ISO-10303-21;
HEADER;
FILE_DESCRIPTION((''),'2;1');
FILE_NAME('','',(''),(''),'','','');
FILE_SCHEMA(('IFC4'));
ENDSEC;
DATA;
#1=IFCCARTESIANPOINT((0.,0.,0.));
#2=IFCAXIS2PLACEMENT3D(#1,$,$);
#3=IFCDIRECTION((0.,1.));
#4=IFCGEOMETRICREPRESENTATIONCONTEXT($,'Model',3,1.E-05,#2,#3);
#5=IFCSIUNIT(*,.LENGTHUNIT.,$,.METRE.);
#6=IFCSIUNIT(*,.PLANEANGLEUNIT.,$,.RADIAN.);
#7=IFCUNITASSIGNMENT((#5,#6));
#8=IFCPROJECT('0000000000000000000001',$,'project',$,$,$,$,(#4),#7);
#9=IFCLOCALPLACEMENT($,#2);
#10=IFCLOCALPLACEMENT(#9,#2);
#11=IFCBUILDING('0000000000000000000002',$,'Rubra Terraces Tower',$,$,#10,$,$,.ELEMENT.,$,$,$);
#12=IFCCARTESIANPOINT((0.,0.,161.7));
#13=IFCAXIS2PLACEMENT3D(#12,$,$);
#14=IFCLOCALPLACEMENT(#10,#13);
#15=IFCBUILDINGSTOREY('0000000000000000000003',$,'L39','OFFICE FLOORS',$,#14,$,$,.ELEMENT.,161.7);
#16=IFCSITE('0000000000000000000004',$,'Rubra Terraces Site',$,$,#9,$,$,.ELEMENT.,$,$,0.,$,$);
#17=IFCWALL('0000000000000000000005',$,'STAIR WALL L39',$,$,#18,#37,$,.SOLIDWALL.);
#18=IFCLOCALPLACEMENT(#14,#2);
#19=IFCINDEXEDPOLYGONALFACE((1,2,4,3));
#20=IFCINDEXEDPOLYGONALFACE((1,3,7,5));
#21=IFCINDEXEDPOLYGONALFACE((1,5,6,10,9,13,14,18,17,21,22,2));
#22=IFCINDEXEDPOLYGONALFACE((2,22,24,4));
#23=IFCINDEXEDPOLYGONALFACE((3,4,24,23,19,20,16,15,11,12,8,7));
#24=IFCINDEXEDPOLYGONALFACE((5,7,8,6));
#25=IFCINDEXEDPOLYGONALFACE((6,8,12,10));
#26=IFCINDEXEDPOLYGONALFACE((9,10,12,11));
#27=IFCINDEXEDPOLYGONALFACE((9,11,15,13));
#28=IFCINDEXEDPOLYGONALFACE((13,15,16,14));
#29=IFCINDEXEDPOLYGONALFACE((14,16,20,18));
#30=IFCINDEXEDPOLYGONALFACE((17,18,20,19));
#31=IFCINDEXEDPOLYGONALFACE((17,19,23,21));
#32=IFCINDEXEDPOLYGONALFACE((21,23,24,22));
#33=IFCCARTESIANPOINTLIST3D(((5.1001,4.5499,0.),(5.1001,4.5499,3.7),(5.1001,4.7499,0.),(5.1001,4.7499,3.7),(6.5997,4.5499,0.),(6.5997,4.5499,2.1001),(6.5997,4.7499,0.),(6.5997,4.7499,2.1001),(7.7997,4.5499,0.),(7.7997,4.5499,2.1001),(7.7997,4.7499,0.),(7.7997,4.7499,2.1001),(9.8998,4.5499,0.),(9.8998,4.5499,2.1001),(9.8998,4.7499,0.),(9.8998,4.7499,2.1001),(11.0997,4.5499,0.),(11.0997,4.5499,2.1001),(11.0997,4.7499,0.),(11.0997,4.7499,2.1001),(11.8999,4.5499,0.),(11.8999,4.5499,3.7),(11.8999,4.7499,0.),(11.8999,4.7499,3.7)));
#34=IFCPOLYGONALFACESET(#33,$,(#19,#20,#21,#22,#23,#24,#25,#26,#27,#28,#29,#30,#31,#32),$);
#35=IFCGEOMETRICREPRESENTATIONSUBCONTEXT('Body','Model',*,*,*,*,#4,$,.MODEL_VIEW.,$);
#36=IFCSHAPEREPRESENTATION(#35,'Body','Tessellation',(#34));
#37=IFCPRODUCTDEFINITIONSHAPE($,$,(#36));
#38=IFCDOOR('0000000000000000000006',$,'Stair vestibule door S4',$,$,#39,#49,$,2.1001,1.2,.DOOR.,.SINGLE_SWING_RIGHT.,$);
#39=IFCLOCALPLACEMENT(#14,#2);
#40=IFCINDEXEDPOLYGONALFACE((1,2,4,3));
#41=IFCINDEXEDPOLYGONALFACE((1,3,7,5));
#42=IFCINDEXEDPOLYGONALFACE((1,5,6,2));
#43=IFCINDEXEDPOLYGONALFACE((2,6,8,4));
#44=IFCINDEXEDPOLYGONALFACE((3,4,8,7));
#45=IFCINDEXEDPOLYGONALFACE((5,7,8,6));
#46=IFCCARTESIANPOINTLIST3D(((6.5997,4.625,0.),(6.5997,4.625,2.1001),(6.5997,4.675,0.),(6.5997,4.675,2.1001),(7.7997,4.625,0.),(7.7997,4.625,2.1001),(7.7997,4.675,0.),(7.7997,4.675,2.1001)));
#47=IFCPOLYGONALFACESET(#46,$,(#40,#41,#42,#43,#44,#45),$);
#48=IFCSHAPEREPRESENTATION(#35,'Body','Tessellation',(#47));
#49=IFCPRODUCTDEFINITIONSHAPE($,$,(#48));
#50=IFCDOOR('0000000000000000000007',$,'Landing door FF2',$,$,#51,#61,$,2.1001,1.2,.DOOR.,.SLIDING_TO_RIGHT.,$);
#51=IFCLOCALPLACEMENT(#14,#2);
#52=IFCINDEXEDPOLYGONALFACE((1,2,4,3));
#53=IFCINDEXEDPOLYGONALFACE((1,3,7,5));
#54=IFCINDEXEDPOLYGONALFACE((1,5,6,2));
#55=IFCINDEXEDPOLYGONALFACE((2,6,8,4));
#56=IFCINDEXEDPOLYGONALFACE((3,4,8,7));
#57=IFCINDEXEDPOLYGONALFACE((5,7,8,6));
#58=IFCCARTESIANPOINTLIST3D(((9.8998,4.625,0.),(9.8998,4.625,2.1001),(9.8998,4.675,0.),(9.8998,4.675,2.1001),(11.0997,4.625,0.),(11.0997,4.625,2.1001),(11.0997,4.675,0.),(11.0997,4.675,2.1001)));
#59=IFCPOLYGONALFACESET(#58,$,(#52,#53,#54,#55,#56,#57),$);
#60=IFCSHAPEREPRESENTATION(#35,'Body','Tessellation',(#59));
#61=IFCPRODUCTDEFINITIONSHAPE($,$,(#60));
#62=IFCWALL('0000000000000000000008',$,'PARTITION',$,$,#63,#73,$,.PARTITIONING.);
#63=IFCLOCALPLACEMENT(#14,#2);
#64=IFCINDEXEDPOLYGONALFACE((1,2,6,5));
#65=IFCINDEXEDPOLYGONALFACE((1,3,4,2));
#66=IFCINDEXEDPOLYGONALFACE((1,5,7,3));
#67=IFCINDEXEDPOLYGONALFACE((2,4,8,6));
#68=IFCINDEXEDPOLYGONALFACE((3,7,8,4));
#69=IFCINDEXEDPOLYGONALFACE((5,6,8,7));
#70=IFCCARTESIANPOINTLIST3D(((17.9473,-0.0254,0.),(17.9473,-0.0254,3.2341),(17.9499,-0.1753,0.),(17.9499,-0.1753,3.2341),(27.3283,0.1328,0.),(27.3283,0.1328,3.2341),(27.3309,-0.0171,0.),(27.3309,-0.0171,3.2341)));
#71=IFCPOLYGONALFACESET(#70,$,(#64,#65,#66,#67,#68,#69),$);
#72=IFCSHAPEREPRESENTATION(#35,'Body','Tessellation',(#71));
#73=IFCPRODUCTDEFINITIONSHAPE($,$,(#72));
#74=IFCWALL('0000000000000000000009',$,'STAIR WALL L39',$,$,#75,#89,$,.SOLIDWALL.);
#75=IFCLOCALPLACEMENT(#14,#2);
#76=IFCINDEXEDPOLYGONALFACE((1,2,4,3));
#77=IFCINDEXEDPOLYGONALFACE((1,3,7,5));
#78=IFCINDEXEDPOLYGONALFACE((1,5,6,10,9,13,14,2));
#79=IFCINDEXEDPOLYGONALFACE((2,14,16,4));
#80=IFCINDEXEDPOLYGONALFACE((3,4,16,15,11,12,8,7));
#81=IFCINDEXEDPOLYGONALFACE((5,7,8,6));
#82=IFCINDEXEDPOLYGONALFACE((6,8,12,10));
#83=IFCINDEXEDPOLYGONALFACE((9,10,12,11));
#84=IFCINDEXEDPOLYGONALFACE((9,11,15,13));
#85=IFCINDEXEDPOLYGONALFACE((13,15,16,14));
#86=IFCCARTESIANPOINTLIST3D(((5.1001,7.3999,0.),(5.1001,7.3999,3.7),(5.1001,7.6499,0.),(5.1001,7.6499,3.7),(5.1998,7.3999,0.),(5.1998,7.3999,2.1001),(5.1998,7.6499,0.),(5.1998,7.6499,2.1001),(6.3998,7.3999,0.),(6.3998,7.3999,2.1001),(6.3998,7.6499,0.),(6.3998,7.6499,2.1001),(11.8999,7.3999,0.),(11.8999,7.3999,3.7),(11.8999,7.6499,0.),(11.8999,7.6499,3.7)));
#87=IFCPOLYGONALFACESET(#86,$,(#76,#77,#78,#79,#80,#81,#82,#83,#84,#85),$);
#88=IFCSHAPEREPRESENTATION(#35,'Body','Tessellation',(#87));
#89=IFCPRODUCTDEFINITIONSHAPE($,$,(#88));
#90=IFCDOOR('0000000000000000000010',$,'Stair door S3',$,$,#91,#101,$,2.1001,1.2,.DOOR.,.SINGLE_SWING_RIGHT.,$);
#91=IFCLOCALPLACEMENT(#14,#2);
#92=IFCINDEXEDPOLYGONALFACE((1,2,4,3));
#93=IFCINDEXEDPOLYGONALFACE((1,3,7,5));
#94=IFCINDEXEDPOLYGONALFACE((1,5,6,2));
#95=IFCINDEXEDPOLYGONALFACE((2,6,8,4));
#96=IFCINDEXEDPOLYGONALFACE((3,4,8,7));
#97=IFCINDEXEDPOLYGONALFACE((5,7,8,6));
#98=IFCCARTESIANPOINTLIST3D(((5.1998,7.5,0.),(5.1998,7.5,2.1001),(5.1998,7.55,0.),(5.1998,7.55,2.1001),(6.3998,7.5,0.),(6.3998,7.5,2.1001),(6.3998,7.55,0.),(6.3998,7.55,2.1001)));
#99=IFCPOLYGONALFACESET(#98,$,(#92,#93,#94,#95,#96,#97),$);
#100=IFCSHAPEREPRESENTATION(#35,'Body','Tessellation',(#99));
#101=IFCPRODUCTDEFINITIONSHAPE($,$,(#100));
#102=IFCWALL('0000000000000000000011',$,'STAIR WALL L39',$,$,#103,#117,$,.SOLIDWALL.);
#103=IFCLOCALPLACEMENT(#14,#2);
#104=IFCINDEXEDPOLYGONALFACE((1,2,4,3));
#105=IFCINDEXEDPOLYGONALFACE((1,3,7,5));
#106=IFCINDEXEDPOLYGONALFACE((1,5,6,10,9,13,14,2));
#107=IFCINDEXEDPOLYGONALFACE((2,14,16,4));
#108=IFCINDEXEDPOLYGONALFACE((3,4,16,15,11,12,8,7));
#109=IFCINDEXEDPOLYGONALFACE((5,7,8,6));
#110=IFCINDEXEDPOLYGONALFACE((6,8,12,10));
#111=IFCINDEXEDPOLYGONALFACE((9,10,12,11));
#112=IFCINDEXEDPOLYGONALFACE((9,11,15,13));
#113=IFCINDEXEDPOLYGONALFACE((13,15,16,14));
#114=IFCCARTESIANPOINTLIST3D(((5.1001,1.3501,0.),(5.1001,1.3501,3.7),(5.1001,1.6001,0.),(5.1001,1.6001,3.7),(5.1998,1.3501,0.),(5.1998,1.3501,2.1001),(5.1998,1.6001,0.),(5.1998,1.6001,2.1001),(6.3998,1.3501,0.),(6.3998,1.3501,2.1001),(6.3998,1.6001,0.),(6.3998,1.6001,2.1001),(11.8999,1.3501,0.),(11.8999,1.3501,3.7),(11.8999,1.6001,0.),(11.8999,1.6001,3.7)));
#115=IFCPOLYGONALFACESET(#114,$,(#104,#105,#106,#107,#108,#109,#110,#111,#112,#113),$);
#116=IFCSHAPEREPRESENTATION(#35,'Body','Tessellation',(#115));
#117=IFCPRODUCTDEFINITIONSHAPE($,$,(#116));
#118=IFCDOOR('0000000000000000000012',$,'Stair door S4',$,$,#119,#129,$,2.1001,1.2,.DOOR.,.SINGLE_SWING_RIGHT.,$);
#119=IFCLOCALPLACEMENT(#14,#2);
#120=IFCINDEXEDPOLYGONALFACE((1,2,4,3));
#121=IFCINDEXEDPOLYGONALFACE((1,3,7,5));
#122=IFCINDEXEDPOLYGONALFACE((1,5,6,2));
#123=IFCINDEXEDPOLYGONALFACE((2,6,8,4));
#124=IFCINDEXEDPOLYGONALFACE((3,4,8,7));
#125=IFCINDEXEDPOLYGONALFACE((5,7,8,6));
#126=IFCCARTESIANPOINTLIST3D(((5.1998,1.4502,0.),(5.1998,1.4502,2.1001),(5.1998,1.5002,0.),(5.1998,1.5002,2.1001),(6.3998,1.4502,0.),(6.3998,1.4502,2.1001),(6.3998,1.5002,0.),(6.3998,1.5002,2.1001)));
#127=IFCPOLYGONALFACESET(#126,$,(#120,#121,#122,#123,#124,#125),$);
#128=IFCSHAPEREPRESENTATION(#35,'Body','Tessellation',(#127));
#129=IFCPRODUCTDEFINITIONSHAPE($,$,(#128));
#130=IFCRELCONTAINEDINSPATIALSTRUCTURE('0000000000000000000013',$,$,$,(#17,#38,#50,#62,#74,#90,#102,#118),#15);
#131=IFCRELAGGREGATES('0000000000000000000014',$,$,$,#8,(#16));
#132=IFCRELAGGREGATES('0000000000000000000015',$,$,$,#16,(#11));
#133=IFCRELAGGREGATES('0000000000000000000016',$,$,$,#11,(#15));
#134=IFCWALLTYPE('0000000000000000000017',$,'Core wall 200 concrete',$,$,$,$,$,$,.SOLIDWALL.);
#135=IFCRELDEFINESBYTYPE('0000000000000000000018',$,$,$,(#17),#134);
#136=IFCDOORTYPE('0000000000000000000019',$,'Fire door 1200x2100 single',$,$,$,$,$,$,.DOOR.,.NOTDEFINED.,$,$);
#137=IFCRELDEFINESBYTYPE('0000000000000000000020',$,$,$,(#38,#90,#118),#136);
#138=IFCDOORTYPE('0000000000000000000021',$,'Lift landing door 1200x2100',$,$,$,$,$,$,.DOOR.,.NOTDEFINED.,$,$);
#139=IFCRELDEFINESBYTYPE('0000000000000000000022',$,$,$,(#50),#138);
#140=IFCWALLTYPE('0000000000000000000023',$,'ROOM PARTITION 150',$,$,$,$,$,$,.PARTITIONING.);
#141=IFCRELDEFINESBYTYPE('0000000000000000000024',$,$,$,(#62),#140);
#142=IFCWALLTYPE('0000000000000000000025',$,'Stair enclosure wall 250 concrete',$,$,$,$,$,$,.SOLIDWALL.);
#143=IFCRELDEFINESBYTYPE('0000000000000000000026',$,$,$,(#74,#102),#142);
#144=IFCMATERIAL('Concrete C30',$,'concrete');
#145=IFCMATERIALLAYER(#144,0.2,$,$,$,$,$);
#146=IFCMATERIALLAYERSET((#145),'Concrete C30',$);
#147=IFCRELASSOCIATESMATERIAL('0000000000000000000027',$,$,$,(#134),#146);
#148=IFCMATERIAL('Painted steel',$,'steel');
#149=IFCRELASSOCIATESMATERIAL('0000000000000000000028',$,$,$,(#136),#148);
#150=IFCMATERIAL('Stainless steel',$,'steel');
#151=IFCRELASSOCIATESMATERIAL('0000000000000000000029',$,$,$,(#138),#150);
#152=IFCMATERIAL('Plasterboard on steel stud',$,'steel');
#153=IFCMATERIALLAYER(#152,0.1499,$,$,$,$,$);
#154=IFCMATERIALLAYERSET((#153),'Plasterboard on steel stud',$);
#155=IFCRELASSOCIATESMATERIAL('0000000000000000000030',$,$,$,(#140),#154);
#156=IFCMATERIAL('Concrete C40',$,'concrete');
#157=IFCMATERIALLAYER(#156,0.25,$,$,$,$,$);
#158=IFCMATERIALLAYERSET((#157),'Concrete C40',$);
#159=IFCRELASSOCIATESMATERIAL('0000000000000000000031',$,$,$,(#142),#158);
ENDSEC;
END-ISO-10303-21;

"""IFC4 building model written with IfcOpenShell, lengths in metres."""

from ifc_helpers import new_model, si_unit, direction, frame, frame_2d, origin, place, context, subcontext, project, spatial, rectangle, extrude, material, layer, layer_set, type_object, element, fill, save


model = new_model("IFC4")

# Units and contexts
model_context = context("Model", 3, precision=1e-05, world=origin(), true_north=direction((0.0, 1.0)))
body_context = subcontext(model_context, "Body", "Model", "MODEL_VIEW")
ifc_project = project(units=[si_unit("LENGTHUNIT", "METRE"), si_unit("PLANEANGLEUNIT", "RADIAN")], contexts=[model_context])

# Site, building, storey
site_placement = place(None, origin())
site = spatial("IfcSite", under=ifc_project, at=site_placement, Name="Rubra Terraces Site", CompositionType="ELEMENT", RefElevation=0.0)
building_placement = place(site_placement, origin())
building = spatial("IfcBuilding", under=site, at=building_placement, Name="Rubra Terraces Tower", CompositionType="ELEMENT")
storey_placement = place(building_placement, frame((0.0, 0.0, 161.7)))
storey = spatial("IfcBuildingStorey", under=building, at=storey_placement, Name="L39", Description="OFFICE FLOORS", CompositionType="ELEMENT", Elevation=161.7)

# Shared definitions
ifc_material_1 = material(Name="Concrete C40", Category="concrete")

# Wall, openings, doors
ifc_material_2 = material(Name="Concrete C30", Category="concrete")
ifc_layer_1 = layer(ifc_material_2, 0.2)
ifc_layer_set_1 = layer_set([ifc_layer_1], Name="Concrete C30")
wall_type_1 = type_object("IfcWallType", Name="Core wall 200 concrete", PredefinedType="SOLIDWALL", material=ifc_layer_set_1)
wall_1_placement = place(storey_placement, frame((11.8999, 4.6499, 0.0), z_axis=(0.0, 0.0, 1.0), x_axis=(-1.0, 0.0, 0.0)))
wall_1 = element("IfcWall", 1, at=wall_1_placement, inside=storey, type_object=wall_type_1, Name="STAIR WALL L39", PredefinedType="SOLIDWALL", context=body_context, shape_type="SweptSolid", body=[
    extrude(rectangle(XDim=6.7998, YDim=0.2, at=frame_2d((3.3999, 0.0))), origin(), (0.0, 0.0, 1.0), 3.7),
])
opening_1_placement = place(wall_1_placement, frame((4.1001, 0.0, 0.0)))
opening_1 = element("IfcOpeningElement", 2, at=opening_1_placement, cuts=wall_1, PredefinedType="OPENING", context=body_context, shape_type="SweptSolid", body=[
    extrude(rectangle(XDim=1.2, YDim=2.1001, at=frame_2d((0.6001, 1.05))), frame((0.0, 0.1099, 0.0), z_axis=(0.0, -1.0, 0.0), x_axis=(1.0, 0.0, 0.0)), (0.0, 0.0, 1.0), 0.22),
])
opening_2_placement = place(wall_1_placement, frame((0.8, 0.0, 0.0)))
opening_2 = element("IfcOpeningElement", 3, at=opening_2_placement, cuts=wall_1, PredefinedType="OPENING", context=body_context, shape_type="SweptSolid", body=[
    extrude(rectangle(XDim=1.2, YDim=2.1001, at=frame_2d((0.6001, 1.05))), frame((0.0, 0.1099, 0.0), z_axis=(0.0, -1.0, 0.0), x_axis=(1.0, 0.0, 0.0)), (0.0, 0.0, 1.0), 0.22),
])
ifc_material_3 = material(Name="Painted steel", Category="steel")
door_type_1 = type_object("IfcDoorType", Name="Fire door 1200x2100 single", OperationType="NOTDEFINED", PredefinedType="DOOR", material=ifc_material_3)
door_1_placement = place(opening_1_placement, origin())
door_1 = element("IfcDoor", 4, at=door_1_placement, inside=storey, type_object=door_type_1, Name="Stair vestibule door S4", OperationType="SINGLE_SWING_RIGHT", OverallHeight=2.1001, OverallWidth=1.2, PredefinedType="DOOR", context=body_context, shape_type="SweptSolid", body=[
    extrude(rectangle(XDim=1.2, YDim=2.1001, at=frame_2d((0.6001, 1.05))), frame((0.0, 0.0249, 0.0), z_axis=(0.0, -1.0, 0.0), x_axis=(1.0, 0.0, 0.0)), (0.0, 0.0, 1.0), 0.05),
])
fill(opening_1, door_1)
ifc_material_4 = material(Name="Stainless steel", Category="steel")
door_type_2 = type_object("IfcDoorType", Name="Lift landing door 1200x2100", OperationType="NOTDEFINED", PredefinedType="DOOR", material=ifc_material_4)
door_2_placement = place(opening_2_placement, origin())
door_2 = element("IfcDoor", 5, at=door_2_placement, inside=storey, type_object=door_type_2, Name="Landing door FF2", OperationType="SLIDING_TO_RIGHT", OverallHeight=2.1001, OverallWidth=1.2, PredefinedType="DOOR", context=body_context, shape_type="SweptSolid", body=[
    extrude(rectangle(XDim=1.2, YDim=2.1001, at=frame_2d((0.6001, 1.05))), frame((0.0, 0.0249, 0.0), z_axis=(0.0, -1.0, 0.0), x_axis=(1.0, 0.0, 0.0)), (0.0, 0.0, 1.0), 0.05),
])
fill(opening_2, door_2)

# Wall
ifc_material_5 = material(Name="Plasterboard on steel stud", Category="steel")
ifc_layer_2 = layer(ifc_material_5, 0.1499)
ifc_layer_set_2 = layer_set([ifc_layer_2], Name="Plasterboard on steel stud")
wall_type_2 = type_object("IfcWallType", Name="ROOM PARTITION 150", PredefinedType="PARTITIONING", material=ifc_layer_set_2)
wall_2_placement = place(storey_placement, frame((27.3296, 0.0579, 0.0), z_axis=(0.0, 0.0, 1.0), x_axis=(-0.999858, -0.016862, 0.0)))
element("IfcWall", 6, at=wall_2_placement, inside=storey, type_object=wall_type_2, Name="PARTITION", PredefinedType="PARTITIONING", context=body_context, shape_type="SweptSolid", body=[
    extrude(rectangle(XDim=9.3823, YDim=0.1499, at=frame_2d((4.6912, 0.0))), origin(), (0.0, 0.0, 1.0), 3.2341),
])

# Walls, openings, doors
ifc_layer_3 = layer(ifc_material_1, 0.25)
ifc_layer_set_3 = layer_set([ifc_layer_3], Name="Concrete C40")
wall_type_3 = type_object("IfcWallType", Name="Stair enclosure wall 250 concrete", PredefinedType="SOLIDWALL", material=ifc_layer_set_3)
wall_3_placement = place(storey_placement, frame((11.8999, 7.5249, 0.0), z_axis=(0.0, 0.0, 1.0), x_axis=(-1.0, 0.0, 0.0)))
wall_3 = element("IfcWall", 7, at=wall_3_placement, inside=storey, type_object=wall_type_3, Name="STAIR WALL L39", PredefinedType="SOLIDWALL", context=body_context, shape_type="SweptSolid", body=[
    extrude(rectangle(XDim=6.7998, YDim=0.25, at=frame_2d((3.3999, 0.0))), origin(), (0.0, 0.0, 1.0), 3.7),
])
opening_3_placement = place(wall_3_placement, frame((5.5, 0.0, 0.0)))
opening_3 = element("IfcOpeningElement", 8, at=opening_3_placement, cuts=wall_3, PredefinedType="OPENING", context=body_context, shape_type="SweptSolid", body=[
    extrude(rectangle(XDim=1.2, YDim=2.1001, at=frame_2d((0.6001, 1.05))), frame((0.0, 0.135, 0.0), z_axis=(0.0, -1.0, 0.0), x_axis=(1.0, 0.0, 0.0)), (0.0, 0.0, 1.0), 0.27),
])
door_3_placement = place(opening_3_placement, origin())
door_3 = element("IfcDoor", 9, at=door_3_placement, inside=storey, type_object=door_type_1, Name="Stair door S3", OperationType="SINGLE_SWING_RIGHT", OverallHeight=2.1001, OverallWidth=1.2, PredefinedType="DOOR", context=body_context, shape_type="SweptSolid", body=[
    extrude(rectangle(XDim=1.2, YDim=2.1001, at=frame_2d((0.6001, 1.05))), frame((0.0, 0.0249, 0.0), z_axis=(0.0, -1.0, 0.0), x_axis=(1.0, 0.0, 0.0)), (0.0, 0.0, 1.0), 0.05),
])
fill(opening_3, door_3)
wall_4_placement = place(storey_placement, frame((11.8999, 1.4751, 0.0), z_axis=(0.0, 0.0, 1.0), x_axis=(-1.0, 0.0, 0.0)))
wall_4 = element("IfcWall", 10, at=wall_4_placement, inside=storey, type_object=wall_type_3, Name="STAIR WALL L39", PredefinedType="SOLIDWALL", context=body_context, shape_type="SweptSolid", body=[
    extrude(rectangle(XDim=6.7998, YDim=0.25, at=frame_2d((3.3999, 0.0))), origin(), (0.0, 0.0, 1.0), 3.7),
])
opening_4_placement = place(wall_4_placement, frame((5.5, 0.0, 0.0)))
opening_4 = element("IfcOpeningElement", 11, at=opening_4_placement, cuts=wall_4, PredefinedType="OPENING", context=body_context, shape_type="SweptSolid", body=[
    extrude(rectangle(XDim=1.2, YDim=2.1001, at=frame_2d((0.6001, 1.05))), frame((0.0, 0.135, 0.0), z_axis=(0.0, -1.0, 0.0), x_axis=(1.0, 0.0, 0.0)), (0.0, 0.0, 1.0), 0.27),
])
door_4_placement = place(opening_4_placement, origin())
door_4 = element("IfcDoor", 12, at=door_4_placement, inside=storey, type_object=door_type_1, Name="Stair door S4", OperationType="SINGLE_SWING_RIGHT", OverallHeight=2.1001, OverallWidth=1.2, PredefinedType="DOOR", context=body_context, shape_type="SweptSolid", body=[
    extrude(rectangle(XDim=1.2, YDim=2.1001, at=frame_2d((0.6001, 1.05))), frame((0.0, 0.0249, 0.0), z_axis=(0.0, -1.0, 0.0), x_axis=(1.0, 0.0, 0.0)), (0.0, 0.0, 1.0), 0.05),
])
fill(opening_4, door_4)

save(model, "model.ifc")
